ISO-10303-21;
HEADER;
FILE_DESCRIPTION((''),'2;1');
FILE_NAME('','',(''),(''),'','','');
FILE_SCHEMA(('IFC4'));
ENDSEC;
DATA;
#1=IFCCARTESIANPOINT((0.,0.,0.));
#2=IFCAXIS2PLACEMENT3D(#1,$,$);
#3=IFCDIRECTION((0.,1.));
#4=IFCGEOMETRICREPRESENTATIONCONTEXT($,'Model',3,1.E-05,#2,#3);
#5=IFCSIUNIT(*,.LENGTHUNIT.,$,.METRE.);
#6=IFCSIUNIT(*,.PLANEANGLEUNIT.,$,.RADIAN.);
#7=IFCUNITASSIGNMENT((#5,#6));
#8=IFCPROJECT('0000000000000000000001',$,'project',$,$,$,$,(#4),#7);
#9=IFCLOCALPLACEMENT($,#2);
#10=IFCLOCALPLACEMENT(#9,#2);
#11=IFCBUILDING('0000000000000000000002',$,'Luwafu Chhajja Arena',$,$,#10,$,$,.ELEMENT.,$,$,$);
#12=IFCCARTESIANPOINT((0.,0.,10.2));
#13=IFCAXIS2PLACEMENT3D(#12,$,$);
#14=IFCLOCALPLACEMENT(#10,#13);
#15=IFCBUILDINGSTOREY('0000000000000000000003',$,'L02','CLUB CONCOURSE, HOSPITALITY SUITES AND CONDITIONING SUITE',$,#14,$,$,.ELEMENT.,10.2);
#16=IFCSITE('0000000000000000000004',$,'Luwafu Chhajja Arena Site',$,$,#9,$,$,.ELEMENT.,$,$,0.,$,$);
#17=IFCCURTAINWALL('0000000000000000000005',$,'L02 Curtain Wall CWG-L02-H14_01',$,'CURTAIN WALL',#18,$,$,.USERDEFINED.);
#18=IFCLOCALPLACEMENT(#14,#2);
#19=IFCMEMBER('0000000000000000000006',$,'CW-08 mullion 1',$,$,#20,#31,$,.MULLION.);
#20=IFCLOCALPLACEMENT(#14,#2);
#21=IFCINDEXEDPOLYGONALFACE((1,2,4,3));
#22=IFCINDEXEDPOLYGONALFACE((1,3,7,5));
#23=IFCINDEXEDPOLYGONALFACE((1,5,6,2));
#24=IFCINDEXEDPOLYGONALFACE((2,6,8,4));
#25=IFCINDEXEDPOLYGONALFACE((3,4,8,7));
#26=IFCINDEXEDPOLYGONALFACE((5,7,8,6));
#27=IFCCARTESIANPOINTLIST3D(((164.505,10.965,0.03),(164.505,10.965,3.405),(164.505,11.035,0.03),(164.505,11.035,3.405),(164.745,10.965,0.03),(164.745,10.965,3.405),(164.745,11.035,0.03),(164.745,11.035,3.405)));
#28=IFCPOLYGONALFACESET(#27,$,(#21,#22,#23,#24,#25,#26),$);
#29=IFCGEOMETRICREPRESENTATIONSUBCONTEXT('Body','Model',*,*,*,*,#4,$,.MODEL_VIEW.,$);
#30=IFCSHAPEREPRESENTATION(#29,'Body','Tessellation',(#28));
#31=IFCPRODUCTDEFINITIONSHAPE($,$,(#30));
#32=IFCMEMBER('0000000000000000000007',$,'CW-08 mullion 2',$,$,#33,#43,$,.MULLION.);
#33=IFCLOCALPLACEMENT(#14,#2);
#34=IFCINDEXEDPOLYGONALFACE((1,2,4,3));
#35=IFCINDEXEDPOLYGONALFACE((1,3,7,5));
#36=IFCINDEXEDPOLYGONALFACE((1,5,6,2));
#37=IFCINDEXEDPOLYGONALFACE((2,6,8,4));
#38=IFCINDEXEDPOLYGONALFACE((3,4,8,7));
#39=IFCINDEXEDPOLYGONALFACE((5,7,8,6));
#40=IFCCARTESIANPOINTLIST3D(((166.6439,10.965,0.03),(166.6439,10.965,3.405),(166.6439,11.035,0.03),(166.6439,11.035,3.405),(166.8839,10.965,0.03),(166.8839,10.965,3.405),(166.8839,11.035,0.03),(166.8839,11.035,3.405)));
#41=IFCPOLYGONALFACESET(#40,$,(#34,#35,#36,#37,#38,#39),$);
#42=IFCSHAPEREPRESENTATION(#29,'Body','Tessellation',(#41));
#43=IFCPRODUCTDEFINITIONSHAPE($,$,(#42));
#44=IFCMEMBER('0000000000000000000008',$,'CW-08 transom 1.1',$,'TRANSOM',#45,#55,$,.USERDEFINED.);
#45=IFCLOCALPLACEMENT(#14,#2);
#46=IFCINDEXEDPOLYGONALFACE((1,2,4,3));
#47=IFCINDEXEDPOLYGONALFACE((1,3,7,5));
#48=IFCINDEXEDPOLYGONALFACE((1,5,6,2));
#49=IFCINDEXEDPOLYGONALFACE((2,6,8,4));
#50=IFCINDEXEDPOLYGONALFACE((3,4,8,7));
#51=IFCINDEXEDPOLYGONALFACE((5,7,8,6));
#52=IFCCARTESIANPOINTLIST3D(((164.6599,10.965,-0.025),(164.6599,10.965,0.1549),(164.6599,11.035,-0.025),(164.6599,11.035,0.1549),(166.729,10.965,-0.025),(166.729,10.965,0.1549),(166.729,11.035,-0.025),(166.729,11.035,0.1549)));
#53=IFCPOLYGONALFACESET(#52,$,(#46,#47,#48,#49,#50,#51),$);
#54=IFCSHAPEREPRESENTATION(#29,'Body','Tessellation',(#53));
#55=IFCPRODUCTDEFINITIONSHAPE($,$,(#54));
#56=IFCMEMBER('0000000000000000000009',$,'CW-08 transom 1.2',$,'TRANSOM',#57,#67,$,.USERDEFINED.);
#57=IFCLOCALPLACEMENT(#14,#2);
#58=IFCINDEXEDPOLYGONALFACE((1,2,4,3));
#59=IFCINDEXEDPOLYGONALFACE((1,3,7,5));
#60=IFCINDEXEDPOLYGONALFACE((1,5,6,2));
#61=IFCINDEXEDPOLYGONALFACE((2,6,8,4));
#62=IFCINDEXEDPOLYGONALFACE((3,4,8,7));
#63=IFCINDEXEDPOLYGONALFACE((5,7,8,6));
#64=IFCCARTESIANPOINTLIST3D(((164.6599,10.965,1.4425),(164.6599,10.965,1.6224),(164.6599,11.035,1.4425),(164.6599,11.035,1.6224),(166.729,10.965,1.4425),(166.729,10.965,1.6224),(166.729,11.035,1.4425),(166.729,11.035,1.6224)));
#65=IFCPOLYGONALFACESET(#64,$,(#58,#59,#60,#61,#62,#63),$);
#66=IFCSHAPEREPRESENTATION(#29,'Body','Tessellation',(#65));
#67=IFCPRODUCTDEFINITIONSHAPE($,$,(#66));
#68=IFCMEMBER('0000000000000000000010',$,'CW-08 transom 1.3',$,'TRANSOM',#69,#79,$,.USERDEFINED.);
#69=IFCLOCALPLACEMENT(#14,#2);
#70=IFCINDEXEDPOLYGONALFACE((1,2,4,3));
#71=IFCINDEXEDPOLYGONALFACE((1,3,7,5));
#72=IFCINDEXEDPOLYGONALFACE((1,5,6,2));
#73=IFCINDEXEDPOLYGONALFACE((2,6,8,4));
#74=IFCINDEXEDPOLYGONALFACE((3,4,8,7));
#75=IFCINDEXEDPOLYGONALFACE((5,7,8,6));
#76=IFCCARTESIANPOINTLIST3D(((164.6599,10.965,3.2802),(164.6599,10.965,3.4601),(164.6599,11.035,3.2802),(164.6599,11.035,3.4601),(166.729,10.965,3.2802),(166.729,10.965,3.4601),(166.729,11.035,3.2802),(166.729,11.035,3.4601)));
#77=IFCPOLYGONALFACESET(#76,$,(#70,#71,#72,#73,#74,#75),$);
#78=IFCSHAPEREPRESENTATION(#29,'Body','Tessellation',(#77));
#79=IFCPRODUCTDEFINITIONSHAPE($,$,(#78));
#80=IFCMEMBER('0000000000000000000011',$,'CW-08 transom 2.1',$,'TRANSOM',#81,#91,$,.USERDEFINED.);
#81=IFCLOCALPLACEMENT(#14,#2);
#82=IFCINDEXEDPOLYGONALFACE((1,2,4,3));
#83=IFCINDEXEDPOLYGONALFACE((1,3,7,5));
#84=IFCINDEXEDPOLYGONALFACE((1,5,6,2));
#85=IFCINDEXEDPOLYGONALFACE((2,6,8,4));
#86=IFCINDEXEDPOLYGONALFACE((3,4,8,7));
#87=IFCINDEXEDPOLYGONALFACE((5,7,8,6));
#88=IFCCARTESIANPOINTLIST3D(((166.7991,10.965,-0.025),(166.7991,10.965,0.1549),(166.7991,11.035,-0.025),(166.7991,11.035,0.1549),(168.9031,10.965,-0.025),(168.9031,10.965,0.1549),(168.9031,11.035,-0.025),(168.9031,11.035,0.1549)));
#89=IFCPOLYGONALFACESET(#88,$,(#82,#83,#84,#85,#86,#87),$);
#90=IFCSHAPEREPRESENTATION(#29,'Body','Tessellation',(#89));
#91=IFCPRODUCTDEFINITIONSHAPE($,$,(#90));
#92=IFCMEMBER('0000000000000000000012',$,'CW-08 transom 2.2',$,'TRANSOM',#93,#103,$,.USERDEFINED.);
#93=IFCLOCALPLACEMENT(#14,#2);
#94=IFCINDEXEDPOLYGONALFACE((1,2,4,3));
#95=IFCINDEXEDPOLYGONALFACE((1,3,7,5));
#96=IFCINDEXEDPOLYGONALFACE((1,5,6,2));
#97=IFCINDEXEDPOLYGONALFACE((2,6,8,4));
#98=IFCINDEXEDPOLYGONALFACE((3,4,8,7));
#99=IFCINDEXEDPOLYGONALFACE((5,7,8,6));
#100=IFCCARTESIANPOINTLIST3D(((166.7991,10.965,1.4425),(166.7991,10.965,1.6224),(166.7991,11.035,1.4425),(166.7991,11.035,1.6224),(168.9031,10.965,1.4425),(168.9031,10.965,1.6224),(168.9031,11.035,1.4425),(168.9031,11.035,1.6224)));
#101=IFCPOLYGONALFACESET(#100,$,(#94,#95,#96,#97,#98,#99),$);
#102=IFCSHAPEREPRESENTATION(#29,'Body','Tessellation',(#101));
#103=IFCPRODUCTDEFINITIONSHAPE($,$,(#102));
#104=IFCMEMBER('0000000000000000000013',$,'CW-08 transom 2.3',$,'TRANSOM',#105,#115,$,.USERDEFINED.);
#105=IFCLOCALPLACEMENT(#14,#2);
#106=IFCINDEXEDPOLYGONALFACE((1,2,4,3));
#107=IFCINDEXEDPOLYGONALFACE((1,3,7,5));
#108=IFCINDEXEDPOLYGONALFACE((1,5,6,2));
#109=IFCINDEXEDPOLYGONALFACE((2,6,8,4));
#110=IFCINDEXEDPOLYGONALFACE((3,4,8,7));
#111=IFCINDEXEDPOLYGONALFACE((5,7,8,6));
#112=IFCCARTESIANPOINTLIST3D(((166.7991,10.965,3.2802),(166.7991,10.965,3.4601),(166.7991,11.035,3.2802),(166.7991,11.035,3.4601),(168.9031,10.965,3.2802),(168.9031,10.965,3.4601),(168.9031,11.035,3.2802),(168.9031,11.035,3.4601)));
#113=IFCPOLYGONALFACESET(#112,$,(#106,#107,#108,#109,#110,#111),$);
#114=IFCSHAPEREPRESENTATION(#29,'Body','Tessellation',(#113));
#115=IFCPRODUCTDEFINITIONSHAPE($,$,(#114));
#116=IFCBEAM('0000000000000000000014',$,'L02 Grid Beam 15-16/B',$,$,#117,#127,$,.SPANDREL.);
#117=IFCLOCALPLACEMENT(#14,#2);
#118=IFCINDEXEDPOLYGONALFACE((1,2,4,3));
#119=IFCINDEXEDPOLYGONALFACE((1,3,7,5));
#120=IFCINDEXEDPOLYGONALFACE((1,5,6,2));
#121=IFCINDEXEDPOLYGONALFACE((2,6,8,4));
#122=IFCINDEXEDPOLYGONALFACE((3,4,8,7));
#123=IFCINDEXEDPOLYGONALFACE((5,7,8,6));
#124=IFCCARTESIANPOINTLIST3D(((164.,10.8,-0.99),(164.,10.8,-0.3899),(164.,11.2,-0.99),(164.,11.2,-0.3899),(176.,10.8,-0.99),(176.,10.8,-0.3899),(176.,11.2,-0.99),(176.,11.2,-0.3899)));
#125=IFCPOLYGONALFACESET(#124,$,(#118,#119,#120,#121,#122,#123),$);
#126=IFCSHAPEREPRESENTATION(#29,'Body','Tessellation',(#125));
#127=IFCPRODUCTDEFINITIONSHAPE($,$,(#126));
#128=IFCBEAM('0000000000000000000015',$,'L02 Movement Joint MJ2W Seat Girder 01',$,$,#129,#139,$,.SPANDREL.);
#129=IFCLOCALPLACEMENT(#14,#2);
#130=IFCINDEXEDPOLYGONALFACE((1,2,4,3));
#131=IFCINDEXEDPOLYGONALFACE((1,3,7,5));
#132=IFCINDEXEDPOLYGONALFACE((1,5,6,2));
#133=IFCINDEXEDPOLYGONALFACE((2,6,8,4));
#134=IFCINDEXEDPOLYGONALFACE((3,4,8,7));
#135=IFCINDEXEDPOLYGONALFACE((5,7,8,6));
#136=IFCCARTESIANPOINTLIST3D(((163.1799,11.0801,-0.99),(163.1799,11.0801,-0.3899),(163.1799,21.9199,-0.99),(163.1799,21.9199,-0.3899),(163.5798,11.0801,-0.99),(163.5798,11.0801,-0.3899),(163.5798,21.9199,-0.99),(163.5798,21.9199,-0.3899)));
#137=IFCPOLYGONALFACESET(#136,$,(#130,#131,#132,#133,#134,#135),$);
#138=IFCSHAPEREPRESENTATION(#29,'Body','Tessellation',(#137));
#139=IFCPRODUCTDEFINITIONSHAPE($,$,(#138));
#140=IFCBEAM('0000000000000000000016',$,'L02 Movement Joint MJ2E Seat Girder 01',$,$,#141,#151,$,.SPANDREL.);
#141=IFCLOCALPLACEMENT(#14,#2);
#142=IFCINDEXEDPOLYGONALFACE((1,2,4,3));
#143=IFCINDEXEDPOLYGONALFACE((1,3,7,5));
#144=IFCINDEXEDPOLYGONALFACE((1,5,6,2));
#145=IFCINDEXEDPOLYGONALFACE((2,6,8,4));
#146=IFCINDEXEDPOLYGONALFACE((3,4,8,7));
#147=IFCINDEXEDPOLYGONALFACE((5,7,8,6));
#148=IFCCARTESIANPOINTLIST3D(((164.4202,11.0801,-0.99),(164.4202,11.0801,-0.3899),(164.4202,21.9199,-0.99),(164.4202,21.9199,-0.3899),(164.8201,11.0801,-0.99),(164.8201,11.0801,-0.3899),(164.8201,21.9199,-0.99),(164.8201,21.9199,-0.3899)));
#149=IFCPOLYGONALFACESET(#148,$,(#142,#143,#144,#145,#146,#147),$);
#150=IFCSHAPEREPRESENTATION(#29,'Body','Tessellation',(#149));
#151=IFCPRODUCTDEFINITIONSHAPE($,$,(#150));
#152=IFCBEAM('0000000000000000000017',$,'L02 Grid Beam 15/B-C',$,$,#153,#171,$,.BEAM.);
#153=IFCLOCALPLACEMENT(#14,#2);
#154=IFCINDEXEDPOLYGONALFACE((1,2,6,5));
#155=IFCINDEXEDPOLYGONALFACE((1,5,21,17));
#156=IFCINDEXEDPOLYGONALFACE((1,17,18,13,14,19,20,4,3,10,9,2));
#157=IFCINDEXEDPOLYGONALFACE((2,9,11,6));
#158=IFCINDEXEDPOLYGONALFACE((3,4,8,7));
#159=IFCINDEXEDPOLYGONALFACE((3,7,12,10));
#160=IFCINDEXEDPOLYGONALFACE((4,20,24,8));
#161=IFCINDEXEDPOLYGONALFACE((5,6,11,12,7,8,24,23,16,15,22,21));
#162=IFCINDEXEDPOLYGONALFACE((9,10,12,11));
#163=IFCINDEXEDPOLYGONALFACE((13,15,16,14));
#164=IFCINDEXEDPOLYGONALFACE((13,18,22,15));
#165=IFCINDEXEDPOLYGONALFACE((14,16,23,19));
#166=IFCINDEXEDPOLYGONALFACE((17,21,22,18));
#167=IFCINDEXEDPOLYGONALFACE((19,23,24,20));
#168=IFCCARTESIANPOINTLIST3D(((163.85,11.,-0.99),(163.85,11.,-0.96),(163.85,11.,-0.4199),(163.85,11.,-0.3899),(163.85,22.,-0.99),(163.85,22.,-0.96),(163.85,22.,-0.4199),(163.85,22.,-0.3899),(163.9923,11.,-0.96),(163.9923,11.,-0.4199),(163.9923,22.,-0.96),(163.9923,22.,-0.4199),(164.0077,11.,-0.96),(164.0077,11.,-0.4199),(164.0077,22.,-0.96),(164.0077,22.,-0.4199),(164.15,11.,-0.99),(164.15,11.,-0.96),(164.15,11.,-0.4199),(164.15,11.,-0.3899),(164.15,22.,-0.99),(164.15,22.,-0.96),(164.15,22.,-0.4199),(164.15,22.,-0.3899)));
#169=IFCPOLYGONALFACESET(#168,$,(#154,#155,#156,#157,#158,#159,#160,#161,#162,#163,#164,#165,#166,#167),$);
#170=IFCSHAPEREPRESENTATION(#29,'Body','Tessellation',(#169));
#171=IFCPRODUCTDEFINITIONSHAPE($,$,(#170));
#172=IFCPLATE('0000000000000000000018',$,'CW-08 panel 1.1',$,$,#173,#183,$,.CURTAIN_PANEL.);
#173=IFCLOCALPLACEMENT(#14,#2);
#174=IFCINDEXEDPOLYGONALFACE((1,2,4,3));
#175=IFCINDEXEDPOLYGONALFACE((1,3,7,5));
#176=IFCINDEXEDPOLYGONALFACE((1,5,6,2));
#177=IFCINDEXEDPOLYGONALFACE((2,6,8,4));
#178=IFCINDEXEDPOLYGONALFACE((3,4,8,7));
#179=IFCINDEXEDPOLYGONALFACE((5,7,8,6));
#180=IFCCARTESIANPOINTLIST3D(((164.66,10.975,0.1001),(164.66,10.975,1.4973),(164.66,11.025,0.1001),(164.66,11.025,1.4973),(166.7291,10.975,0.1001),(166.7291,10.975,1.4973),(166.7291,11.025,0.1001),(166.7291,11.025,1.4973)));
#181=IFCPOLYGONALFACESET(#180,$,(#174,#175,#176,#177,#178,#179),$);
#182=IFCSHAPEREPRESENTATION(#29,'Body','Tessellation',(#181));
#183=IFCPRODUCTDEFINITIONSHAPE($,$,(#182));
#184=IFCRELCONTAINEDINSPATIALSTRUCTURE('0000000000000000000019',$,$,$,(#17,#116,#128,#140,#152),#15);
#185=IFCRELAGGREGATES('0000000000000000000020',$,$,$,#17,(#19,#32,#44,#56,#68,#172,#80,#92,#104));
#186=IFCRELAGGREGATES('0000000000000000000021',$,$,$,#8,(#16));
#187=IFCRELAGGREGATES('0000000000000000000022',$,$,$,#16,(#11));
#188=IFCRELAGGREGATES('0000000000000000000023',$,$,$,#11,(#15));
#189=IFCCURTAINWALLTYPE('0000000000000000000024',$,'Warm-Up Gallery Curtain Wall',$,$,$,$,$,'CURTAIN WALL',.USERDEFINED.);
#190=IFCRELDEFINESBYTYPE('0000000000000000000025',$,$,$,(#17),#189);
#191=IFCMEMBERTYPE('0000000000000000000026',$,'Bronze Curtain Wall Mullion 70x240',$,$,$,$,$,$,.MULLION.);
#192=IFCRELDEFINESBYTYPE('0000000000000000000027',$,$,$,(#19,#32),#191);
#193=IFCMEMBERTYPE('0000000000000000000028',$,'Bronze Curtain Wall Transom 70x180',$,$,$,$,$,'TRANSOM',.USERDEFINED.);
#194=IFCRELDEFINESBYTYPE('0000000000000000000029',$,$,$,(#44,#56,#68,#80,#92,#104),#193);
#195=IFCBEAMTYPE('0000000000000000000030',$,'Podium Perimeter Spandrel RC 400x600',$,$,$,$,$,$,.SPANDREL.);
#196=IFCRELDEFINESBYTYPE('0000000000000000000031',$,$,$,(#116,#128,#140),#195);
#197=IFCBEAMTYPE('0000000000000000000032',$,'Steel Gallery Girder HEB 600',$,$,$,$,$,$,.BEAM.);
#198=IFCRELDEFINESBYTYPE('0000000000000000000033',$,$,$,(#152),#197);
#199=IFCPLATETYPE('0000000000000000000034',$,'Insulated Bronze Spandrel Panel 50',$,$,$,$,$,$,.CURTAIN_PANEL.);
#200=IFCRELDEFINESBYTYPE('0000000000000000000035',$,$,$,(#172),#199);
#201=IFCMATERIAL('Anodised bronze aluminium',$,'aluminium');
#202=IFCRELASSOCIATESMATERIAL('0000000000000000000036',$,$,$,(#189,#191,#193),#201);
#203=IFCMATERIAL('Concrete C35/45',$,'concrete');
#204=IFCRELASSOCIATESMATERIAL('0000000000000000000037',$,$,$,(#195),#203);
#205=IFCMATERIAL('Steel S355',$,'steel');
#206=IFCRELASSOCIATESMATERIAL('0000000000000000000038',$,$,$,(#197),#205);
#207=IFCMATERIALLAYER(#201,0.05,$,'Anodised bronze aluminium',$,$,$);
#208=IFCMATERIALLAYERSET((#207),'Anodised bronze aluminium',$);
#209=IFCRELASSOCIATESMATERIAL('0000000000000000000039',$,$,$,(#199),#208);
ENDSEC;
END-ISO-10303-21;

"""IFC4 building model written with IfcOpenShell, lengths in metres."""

from ifc_helpers import new_model, si_unit, direction, frame, origin, origin_2d, place, context, subcontext, project, spatial, rectangle, i_section, extrude, material, layer, layer_set, material_profile, profile_set, type_object, element, aggregate, save


model = new_model("IFC4")

# Units and contexts
model_context = context("Model", 3, precision=1e-05, world=origin(), true_north=direction((0.0, 1.0)))
body_context = subcontext(model_context, "Body", "Model", "MODEL_VIEW")
ifc_project = project(units=[si_unit("LENGTHUNIT", "METRE"), si_unit("PLANEANGLEUNIT", "RADIAN")], contexts=[model_context])

# Site, building, storey
site_placement = place(None, origin())
site = spatial("IfcSite", under=ifc_project, at=site_placement, Name="Luwafu Chhajja Arena Site", CompositionType="ELEMENT", RefElevation=0.0)
building_placement = place(site_placement, origin())
building = spatial("IfcBuilding", under=site, at=building_placement, Name="Luwafu Chhajja Arena", CompositionType="ELEMENT")
storey_placement = place(building_placement, frame((0.0, 0.0, 10.2)))
storey = spatial("IfcBuildingStorey", under=building, at=storey_placement, Name="L02", Description="CLUB CONCOURSE, HOSPITALITY SUITES AND CONDITIONING SUITE", CompositionType="ELEMENT", Elevation=10.2)

# Curtain wall, members
ifc_material_1 = material(Name="Anodised bronze aluminium", Category="aluminium")
curtain_wall_type = type_object("IfcCurtainWallType", Name="Warm-Up Gallery Curtain Wall", ElementType="CURTAIN WALL", PredefinedType="USERDEFINED", material=ifc_material_1)
curtain_wall_placement = place(storey_placement, origin())
curtain_wall = element("IfcCurtainWall", 1, at=curtain_wall_placement, inside=storey, type_object=curtain_wall_type, Name="L02 Curtain Wall CWG-L02-H14_01", ObjectType="CURTAIN WALL", PredefinedType="USERDEFINED")
ifc_material_profile_1 = material_profile(ifc_material_1, rectangle(XDim=0.0701, YDim=0.24, at=origin_2d()), Name="CWM 70x240")
ifc_profile_set_1 = profile_set([ifc_material_profile_1], Name="Anodised bronze aluminium")
member_type_1 = type_object("IfcMemberType", Name="Bronze Curtain Wall Mullion 70x240", PredefinedType="MULLION", material=ifc_profile_set_1)
member_1_placement = place(storey_placement, frame((164.625, 11.0, 0.03), z_axis=(0.0, 0.0, 1.0), x_axis=(0.0, 1.0, 0.0)))
member_1 = element("IfcMember", 2, at=member_1_placement, type_object=member_type_1, Name="CW-08 mullion 1", PredefinedType="MULLION", context=body_context, shape_type="SweptSolid", body=[
    extrude(rectangle(XDim=0.0701, YDim=0.24, at=origin_2d()), origin(), (0.0, 0.0, 1.0), 3.375),
])
member_2_placement = place(storey_placement, frame((166.7639, 11.0, 0.03), z_axis=(0.0, 0.0, 1.0), x_axis=(0.0, 1.0, 0.0)))
member_2 = element("IfcMember", 3, at=member_2_placement, type_object=member_type_1, Name="CW-08 mullion 2", PredefinedType="MULLION", context=body_context, shape_type="SweptSolid", body=[
    extrude(rectangle(XDim=0.0701, YDim=0.24, at=origin_2d()), origin(), (0.0, 0.0, 1.0), 3.375),
])
ifc_material_profile_2 = material_profile(ifc_material_1, rectangle(XDim=0.0701, YDim=0.1799, at=origin_2d()), Name="CWT 70x180")
ifc_profile_set_2 = profile_set([ifc_material_profile_2], Name="Anodised bronze aluminium")
member_type_2 = type_object("IfcMemberType", Name="Bronze Curtain Wall Transom 70x180", ElementType="TRANSOM", PredefinedType="USERDEFINED", material=ifc_profile_set_2)
member_3_placement = place(storey_placement, frame((164.6599, 11.0, 0.0649), z_axis=(1.0, 0.0, 0.0), x_axis=(0.0, 1.0, 0.0)))
member_3 = element("IfcMember", 4, at=member_3_placement, type_object=member_type_2, Name="CW-08 transom 1.1", ObjectType="TRANSOM", PredefinedType="USERDEFINED", context=body_context, shape_type="SweptSolid", body=[
    extrude(rectangle(XDim=0.0701, YDim=0.1799, at=origin_2d()), origin(), (0.0, 0.0, 1.0), 2.0691),
])
member_4_placement = place(storey_placement, frame((164.6599, 11.0, 1.5325), z_axis=(1.0, 0.0, 0.0), x_axis=(0.0, 1.0, 0.0)))
member_4 = element("IfcMember", 5, at=member_4_placement, type_object=member_type_2, Name="CW-08 transom 1.2", ObjectType="TRANSOM", PredefinedType="USERDEFINED", context=body_context, shape_type="SweptSolid", body=[
    extrude(rectangle(XDim=0.0701, YDim=0.1799, at=origin_2d()), origin(), (0.0, 0.0, 1.0), 2.0691),
])
member_5_placement = place(storey_placement, frame((164.6599, 11.0, 3.3701), z_axis=(1.0, 0.0, 0.0), x_axis=(0.0, 1.0, 0.0)))
member_5 = element("IfcMember", 6, at=member_5_placement, type_object=member_type_2, Name="CW-08 transom 1.3", ObjectType="TRANSOM", PredefinedType="USERDEFINED", context=body_context, shape_type="SweptSolid", body=[
    extrude(rectangle(XDim=0.0701, YDim=0.1799, at=origin_2d()), origin(), (0.0, 0.0, 1.0), 2.0691),
])
member_6_placement = place(storey_placement, frame((166.7991, 11.0, 0.0649), z_axis=(1.0, 0.0, 0.0), x_axis=(0.0, 1.0, 0.0)))
member_6 = element("IfcMember", 7, at=member_6_placement, type_object=member_type_2, Name="CW-08 transom 2.1", ObjectType="TRANSOM", PredefinedType="USERDEFINED", context=body_context, shape_type="SweptSolid", body=[
    extrude(rectangle(XDim=0.0701, YDim=0.1799, at=origin_2d()), origin(), (0.0, 0.0, 1.0), 2.104),
])
member_7_placement = place(storey_placement, frame((166.7991, 11.0, 1.5325), z_axis=(1.0, 0.0, 0.0), x_axis=(0.0, 1.0, 0.0)))
member_7 = element("IfcMember", 8, at=member_7_placement, type_object=member_type_2, Name="CW-08 transom 2.2", ObjectType="TRANSOM", PredefinedType="USERDEFINED", context=body_context, shape_type="SweptSolid", body=[
    extrude(rectangle(XDim=0.0701, YDim=0.1799, at=origin_2d()), origin(), (0.0, 0.0, 1.0), 2.104),
])
member_8_placement = place(storey_placement, frame((166.7991, 11.0, 3.3701), z_axis=(1.0, 0.0, 0.0), x_axis=(0.0, 1.0, 0.0)))
member_8 = element("IfcMember", 9, at=member_8_placement, type_object=member_type_2, Name="CW-08 transom 2.3", ObjectType="TRANSOM", PredefinedType="USERDEFINED", context=body_context, shape_type="SweptSolid", body=[
    extrude(rectangle(XDim=0.0701, YDim=0.1799, at=origin_2d()), origin(), (0.0, 0.0, 1.0), 2.104),
])

# Beams
ifc_material_2 = material(Name="Concrete C35/45", Category="concrete")
ifc_material_profile_3 = material_profile(ifc_material_2, rectangle(XDim=0.3999, YDim=0.6001, at=origin_2d()), Name="RC 400x600")
ifc_profile_set_3 = profile_set([ifc_material_profile_3], Name="Concrete C35/45")
beam_type_1 = type_object("IfcBeamType", Name="Podium Perimeter Spandrel RC 400x600", PredefinedType="SPANDREL", material=ifc_profile_set_3)
beam_1_placement = place(storey_placement, frame((164.0, 11.0, -0.6899), z_axis=(1.0, 0.0, 0.0), x_axis=(0.0, 1.0, 0.0)))
element("IfcBeam", 10, at=beam_1_placement, inside=storey, type_object=beam_type_1, Name="L02 Grid Beam 15-16/B", PredefinedType="SPANDREL", context=body_context, shape_type="SweptSolid", body=[
    extrude(rectangle(XDim=0.3999, YDim=0.6001, at=origin_2d()), origin(), (0.0, 0.0, 1.0), 12.0),
])
for number, where, z_axis, x_axis, name in (
    (11, (163.3799, 11.0801, -0.6899), (0.0, 1.0, 0.0), (-1.0, 0.0, 0.0), "L02 Movement Joint MJ2W Seat Girder 01"),
    (12, (164.6201, 11.0801, -0.6899), (0.0, 1.0, 0.0), (-1.0, 0.0, 0.0), "L02 Movement Joint MJ2E Seat Girder 01"),
):
    element("IfcBeam", number, at=place(storey_placement, frame(where, z_axis=z_axis, x_axis=x_axis)), inside=storey, type_object=beam_type_1, Name=name, PredefinedType="SPANDREL", context=body_context, shape_type="SweptSolid", body=[
        extrude(rectangle(XDim=0.3999, YDim=0.6001, at=origin_2d()), origin(), (0.0, 0.0, 1.0), 10.8398),
    ])
ifc_material_3 = material(Name="Steel S355", Category="steel")
ifc_material_profile_4 = material_profile(ifc_material_3, i_section(OverallWidth=0.3, OverallDepth=0.6001, WebThickness=0.0154, FlangeThickness=0.03, at=origin_2d()), Name="HEB 600")
ifc_profile_set_4 = profile_set([ifc_material_profile_4], Name="Steel S355")
beam_type_2 = type_object("IfcBeamType", Name="Steel Gallery Girder HEB 600", PredefinedType="BEAM", material=ifc_profile_set_4)
beam_2_placement = place(storey_placement, frame((164.0, 11.0, -0.6899), z_axis=(0.0, 1.0, 0.0), x_axis=(-1.0, 0.0, 0.0)))
element("IfcBeam", 13, at=beam_2_placement, inside=storey, type_object=beam_type_2, Name="L02 Grid Beam 15/B-C", PredefinedType="BEAM", context=body_context, shape_type="SweptSolid", body=[
    extrude(i_section(OverallWidth=0.3, OverallDepth=0.6001, WebThickness=0.0154, FlangeThickness=0.03, at=origin_2d()), origin(), (0.0, 0.0, 1.0), 11.0),
])

# Plate
ifc_layer_1 = layer(ifc_material_1, 0.05, Name="Anodised bronze aluminium")
ifc_layer_set_1 = layer_set([ifc_layer_1], Name="Anodised bronze aluminium")
plate_type = type_object("IfcPlateType", Name="Insulated Bronze Spandrel Panel 50", PredefinedType="CURTAIN_PANEL", material=ifc_layer_set_1)
plate_1_placement = place(storey_placement, frame((165.6946, 11.0, 0.1001), z_axis=(0.0, 0.0, 1.0), x_axis=(1.0, 0.0, 0.0)))
plate_1 = element("IfcPlate", 14, at=plate_1_placement, type_object=plate_type, Name="CW-08 panel 1.1", PredefinedType="CURTAIN_PANEL", context=body_context, shape_type="SweptSolid", body=[
    extrude(rectangle(XDim=2.0691, YDim=0.05, at=origin_2d()), origin(), (0.0, 0.0, 1.0), 1.3972),
])
aggregate(curtain_wall, [member_1, member_2, member_3, member_4, member_5, plate_1, member_6, member_7, member_8])

save(model, "model.ifc")
